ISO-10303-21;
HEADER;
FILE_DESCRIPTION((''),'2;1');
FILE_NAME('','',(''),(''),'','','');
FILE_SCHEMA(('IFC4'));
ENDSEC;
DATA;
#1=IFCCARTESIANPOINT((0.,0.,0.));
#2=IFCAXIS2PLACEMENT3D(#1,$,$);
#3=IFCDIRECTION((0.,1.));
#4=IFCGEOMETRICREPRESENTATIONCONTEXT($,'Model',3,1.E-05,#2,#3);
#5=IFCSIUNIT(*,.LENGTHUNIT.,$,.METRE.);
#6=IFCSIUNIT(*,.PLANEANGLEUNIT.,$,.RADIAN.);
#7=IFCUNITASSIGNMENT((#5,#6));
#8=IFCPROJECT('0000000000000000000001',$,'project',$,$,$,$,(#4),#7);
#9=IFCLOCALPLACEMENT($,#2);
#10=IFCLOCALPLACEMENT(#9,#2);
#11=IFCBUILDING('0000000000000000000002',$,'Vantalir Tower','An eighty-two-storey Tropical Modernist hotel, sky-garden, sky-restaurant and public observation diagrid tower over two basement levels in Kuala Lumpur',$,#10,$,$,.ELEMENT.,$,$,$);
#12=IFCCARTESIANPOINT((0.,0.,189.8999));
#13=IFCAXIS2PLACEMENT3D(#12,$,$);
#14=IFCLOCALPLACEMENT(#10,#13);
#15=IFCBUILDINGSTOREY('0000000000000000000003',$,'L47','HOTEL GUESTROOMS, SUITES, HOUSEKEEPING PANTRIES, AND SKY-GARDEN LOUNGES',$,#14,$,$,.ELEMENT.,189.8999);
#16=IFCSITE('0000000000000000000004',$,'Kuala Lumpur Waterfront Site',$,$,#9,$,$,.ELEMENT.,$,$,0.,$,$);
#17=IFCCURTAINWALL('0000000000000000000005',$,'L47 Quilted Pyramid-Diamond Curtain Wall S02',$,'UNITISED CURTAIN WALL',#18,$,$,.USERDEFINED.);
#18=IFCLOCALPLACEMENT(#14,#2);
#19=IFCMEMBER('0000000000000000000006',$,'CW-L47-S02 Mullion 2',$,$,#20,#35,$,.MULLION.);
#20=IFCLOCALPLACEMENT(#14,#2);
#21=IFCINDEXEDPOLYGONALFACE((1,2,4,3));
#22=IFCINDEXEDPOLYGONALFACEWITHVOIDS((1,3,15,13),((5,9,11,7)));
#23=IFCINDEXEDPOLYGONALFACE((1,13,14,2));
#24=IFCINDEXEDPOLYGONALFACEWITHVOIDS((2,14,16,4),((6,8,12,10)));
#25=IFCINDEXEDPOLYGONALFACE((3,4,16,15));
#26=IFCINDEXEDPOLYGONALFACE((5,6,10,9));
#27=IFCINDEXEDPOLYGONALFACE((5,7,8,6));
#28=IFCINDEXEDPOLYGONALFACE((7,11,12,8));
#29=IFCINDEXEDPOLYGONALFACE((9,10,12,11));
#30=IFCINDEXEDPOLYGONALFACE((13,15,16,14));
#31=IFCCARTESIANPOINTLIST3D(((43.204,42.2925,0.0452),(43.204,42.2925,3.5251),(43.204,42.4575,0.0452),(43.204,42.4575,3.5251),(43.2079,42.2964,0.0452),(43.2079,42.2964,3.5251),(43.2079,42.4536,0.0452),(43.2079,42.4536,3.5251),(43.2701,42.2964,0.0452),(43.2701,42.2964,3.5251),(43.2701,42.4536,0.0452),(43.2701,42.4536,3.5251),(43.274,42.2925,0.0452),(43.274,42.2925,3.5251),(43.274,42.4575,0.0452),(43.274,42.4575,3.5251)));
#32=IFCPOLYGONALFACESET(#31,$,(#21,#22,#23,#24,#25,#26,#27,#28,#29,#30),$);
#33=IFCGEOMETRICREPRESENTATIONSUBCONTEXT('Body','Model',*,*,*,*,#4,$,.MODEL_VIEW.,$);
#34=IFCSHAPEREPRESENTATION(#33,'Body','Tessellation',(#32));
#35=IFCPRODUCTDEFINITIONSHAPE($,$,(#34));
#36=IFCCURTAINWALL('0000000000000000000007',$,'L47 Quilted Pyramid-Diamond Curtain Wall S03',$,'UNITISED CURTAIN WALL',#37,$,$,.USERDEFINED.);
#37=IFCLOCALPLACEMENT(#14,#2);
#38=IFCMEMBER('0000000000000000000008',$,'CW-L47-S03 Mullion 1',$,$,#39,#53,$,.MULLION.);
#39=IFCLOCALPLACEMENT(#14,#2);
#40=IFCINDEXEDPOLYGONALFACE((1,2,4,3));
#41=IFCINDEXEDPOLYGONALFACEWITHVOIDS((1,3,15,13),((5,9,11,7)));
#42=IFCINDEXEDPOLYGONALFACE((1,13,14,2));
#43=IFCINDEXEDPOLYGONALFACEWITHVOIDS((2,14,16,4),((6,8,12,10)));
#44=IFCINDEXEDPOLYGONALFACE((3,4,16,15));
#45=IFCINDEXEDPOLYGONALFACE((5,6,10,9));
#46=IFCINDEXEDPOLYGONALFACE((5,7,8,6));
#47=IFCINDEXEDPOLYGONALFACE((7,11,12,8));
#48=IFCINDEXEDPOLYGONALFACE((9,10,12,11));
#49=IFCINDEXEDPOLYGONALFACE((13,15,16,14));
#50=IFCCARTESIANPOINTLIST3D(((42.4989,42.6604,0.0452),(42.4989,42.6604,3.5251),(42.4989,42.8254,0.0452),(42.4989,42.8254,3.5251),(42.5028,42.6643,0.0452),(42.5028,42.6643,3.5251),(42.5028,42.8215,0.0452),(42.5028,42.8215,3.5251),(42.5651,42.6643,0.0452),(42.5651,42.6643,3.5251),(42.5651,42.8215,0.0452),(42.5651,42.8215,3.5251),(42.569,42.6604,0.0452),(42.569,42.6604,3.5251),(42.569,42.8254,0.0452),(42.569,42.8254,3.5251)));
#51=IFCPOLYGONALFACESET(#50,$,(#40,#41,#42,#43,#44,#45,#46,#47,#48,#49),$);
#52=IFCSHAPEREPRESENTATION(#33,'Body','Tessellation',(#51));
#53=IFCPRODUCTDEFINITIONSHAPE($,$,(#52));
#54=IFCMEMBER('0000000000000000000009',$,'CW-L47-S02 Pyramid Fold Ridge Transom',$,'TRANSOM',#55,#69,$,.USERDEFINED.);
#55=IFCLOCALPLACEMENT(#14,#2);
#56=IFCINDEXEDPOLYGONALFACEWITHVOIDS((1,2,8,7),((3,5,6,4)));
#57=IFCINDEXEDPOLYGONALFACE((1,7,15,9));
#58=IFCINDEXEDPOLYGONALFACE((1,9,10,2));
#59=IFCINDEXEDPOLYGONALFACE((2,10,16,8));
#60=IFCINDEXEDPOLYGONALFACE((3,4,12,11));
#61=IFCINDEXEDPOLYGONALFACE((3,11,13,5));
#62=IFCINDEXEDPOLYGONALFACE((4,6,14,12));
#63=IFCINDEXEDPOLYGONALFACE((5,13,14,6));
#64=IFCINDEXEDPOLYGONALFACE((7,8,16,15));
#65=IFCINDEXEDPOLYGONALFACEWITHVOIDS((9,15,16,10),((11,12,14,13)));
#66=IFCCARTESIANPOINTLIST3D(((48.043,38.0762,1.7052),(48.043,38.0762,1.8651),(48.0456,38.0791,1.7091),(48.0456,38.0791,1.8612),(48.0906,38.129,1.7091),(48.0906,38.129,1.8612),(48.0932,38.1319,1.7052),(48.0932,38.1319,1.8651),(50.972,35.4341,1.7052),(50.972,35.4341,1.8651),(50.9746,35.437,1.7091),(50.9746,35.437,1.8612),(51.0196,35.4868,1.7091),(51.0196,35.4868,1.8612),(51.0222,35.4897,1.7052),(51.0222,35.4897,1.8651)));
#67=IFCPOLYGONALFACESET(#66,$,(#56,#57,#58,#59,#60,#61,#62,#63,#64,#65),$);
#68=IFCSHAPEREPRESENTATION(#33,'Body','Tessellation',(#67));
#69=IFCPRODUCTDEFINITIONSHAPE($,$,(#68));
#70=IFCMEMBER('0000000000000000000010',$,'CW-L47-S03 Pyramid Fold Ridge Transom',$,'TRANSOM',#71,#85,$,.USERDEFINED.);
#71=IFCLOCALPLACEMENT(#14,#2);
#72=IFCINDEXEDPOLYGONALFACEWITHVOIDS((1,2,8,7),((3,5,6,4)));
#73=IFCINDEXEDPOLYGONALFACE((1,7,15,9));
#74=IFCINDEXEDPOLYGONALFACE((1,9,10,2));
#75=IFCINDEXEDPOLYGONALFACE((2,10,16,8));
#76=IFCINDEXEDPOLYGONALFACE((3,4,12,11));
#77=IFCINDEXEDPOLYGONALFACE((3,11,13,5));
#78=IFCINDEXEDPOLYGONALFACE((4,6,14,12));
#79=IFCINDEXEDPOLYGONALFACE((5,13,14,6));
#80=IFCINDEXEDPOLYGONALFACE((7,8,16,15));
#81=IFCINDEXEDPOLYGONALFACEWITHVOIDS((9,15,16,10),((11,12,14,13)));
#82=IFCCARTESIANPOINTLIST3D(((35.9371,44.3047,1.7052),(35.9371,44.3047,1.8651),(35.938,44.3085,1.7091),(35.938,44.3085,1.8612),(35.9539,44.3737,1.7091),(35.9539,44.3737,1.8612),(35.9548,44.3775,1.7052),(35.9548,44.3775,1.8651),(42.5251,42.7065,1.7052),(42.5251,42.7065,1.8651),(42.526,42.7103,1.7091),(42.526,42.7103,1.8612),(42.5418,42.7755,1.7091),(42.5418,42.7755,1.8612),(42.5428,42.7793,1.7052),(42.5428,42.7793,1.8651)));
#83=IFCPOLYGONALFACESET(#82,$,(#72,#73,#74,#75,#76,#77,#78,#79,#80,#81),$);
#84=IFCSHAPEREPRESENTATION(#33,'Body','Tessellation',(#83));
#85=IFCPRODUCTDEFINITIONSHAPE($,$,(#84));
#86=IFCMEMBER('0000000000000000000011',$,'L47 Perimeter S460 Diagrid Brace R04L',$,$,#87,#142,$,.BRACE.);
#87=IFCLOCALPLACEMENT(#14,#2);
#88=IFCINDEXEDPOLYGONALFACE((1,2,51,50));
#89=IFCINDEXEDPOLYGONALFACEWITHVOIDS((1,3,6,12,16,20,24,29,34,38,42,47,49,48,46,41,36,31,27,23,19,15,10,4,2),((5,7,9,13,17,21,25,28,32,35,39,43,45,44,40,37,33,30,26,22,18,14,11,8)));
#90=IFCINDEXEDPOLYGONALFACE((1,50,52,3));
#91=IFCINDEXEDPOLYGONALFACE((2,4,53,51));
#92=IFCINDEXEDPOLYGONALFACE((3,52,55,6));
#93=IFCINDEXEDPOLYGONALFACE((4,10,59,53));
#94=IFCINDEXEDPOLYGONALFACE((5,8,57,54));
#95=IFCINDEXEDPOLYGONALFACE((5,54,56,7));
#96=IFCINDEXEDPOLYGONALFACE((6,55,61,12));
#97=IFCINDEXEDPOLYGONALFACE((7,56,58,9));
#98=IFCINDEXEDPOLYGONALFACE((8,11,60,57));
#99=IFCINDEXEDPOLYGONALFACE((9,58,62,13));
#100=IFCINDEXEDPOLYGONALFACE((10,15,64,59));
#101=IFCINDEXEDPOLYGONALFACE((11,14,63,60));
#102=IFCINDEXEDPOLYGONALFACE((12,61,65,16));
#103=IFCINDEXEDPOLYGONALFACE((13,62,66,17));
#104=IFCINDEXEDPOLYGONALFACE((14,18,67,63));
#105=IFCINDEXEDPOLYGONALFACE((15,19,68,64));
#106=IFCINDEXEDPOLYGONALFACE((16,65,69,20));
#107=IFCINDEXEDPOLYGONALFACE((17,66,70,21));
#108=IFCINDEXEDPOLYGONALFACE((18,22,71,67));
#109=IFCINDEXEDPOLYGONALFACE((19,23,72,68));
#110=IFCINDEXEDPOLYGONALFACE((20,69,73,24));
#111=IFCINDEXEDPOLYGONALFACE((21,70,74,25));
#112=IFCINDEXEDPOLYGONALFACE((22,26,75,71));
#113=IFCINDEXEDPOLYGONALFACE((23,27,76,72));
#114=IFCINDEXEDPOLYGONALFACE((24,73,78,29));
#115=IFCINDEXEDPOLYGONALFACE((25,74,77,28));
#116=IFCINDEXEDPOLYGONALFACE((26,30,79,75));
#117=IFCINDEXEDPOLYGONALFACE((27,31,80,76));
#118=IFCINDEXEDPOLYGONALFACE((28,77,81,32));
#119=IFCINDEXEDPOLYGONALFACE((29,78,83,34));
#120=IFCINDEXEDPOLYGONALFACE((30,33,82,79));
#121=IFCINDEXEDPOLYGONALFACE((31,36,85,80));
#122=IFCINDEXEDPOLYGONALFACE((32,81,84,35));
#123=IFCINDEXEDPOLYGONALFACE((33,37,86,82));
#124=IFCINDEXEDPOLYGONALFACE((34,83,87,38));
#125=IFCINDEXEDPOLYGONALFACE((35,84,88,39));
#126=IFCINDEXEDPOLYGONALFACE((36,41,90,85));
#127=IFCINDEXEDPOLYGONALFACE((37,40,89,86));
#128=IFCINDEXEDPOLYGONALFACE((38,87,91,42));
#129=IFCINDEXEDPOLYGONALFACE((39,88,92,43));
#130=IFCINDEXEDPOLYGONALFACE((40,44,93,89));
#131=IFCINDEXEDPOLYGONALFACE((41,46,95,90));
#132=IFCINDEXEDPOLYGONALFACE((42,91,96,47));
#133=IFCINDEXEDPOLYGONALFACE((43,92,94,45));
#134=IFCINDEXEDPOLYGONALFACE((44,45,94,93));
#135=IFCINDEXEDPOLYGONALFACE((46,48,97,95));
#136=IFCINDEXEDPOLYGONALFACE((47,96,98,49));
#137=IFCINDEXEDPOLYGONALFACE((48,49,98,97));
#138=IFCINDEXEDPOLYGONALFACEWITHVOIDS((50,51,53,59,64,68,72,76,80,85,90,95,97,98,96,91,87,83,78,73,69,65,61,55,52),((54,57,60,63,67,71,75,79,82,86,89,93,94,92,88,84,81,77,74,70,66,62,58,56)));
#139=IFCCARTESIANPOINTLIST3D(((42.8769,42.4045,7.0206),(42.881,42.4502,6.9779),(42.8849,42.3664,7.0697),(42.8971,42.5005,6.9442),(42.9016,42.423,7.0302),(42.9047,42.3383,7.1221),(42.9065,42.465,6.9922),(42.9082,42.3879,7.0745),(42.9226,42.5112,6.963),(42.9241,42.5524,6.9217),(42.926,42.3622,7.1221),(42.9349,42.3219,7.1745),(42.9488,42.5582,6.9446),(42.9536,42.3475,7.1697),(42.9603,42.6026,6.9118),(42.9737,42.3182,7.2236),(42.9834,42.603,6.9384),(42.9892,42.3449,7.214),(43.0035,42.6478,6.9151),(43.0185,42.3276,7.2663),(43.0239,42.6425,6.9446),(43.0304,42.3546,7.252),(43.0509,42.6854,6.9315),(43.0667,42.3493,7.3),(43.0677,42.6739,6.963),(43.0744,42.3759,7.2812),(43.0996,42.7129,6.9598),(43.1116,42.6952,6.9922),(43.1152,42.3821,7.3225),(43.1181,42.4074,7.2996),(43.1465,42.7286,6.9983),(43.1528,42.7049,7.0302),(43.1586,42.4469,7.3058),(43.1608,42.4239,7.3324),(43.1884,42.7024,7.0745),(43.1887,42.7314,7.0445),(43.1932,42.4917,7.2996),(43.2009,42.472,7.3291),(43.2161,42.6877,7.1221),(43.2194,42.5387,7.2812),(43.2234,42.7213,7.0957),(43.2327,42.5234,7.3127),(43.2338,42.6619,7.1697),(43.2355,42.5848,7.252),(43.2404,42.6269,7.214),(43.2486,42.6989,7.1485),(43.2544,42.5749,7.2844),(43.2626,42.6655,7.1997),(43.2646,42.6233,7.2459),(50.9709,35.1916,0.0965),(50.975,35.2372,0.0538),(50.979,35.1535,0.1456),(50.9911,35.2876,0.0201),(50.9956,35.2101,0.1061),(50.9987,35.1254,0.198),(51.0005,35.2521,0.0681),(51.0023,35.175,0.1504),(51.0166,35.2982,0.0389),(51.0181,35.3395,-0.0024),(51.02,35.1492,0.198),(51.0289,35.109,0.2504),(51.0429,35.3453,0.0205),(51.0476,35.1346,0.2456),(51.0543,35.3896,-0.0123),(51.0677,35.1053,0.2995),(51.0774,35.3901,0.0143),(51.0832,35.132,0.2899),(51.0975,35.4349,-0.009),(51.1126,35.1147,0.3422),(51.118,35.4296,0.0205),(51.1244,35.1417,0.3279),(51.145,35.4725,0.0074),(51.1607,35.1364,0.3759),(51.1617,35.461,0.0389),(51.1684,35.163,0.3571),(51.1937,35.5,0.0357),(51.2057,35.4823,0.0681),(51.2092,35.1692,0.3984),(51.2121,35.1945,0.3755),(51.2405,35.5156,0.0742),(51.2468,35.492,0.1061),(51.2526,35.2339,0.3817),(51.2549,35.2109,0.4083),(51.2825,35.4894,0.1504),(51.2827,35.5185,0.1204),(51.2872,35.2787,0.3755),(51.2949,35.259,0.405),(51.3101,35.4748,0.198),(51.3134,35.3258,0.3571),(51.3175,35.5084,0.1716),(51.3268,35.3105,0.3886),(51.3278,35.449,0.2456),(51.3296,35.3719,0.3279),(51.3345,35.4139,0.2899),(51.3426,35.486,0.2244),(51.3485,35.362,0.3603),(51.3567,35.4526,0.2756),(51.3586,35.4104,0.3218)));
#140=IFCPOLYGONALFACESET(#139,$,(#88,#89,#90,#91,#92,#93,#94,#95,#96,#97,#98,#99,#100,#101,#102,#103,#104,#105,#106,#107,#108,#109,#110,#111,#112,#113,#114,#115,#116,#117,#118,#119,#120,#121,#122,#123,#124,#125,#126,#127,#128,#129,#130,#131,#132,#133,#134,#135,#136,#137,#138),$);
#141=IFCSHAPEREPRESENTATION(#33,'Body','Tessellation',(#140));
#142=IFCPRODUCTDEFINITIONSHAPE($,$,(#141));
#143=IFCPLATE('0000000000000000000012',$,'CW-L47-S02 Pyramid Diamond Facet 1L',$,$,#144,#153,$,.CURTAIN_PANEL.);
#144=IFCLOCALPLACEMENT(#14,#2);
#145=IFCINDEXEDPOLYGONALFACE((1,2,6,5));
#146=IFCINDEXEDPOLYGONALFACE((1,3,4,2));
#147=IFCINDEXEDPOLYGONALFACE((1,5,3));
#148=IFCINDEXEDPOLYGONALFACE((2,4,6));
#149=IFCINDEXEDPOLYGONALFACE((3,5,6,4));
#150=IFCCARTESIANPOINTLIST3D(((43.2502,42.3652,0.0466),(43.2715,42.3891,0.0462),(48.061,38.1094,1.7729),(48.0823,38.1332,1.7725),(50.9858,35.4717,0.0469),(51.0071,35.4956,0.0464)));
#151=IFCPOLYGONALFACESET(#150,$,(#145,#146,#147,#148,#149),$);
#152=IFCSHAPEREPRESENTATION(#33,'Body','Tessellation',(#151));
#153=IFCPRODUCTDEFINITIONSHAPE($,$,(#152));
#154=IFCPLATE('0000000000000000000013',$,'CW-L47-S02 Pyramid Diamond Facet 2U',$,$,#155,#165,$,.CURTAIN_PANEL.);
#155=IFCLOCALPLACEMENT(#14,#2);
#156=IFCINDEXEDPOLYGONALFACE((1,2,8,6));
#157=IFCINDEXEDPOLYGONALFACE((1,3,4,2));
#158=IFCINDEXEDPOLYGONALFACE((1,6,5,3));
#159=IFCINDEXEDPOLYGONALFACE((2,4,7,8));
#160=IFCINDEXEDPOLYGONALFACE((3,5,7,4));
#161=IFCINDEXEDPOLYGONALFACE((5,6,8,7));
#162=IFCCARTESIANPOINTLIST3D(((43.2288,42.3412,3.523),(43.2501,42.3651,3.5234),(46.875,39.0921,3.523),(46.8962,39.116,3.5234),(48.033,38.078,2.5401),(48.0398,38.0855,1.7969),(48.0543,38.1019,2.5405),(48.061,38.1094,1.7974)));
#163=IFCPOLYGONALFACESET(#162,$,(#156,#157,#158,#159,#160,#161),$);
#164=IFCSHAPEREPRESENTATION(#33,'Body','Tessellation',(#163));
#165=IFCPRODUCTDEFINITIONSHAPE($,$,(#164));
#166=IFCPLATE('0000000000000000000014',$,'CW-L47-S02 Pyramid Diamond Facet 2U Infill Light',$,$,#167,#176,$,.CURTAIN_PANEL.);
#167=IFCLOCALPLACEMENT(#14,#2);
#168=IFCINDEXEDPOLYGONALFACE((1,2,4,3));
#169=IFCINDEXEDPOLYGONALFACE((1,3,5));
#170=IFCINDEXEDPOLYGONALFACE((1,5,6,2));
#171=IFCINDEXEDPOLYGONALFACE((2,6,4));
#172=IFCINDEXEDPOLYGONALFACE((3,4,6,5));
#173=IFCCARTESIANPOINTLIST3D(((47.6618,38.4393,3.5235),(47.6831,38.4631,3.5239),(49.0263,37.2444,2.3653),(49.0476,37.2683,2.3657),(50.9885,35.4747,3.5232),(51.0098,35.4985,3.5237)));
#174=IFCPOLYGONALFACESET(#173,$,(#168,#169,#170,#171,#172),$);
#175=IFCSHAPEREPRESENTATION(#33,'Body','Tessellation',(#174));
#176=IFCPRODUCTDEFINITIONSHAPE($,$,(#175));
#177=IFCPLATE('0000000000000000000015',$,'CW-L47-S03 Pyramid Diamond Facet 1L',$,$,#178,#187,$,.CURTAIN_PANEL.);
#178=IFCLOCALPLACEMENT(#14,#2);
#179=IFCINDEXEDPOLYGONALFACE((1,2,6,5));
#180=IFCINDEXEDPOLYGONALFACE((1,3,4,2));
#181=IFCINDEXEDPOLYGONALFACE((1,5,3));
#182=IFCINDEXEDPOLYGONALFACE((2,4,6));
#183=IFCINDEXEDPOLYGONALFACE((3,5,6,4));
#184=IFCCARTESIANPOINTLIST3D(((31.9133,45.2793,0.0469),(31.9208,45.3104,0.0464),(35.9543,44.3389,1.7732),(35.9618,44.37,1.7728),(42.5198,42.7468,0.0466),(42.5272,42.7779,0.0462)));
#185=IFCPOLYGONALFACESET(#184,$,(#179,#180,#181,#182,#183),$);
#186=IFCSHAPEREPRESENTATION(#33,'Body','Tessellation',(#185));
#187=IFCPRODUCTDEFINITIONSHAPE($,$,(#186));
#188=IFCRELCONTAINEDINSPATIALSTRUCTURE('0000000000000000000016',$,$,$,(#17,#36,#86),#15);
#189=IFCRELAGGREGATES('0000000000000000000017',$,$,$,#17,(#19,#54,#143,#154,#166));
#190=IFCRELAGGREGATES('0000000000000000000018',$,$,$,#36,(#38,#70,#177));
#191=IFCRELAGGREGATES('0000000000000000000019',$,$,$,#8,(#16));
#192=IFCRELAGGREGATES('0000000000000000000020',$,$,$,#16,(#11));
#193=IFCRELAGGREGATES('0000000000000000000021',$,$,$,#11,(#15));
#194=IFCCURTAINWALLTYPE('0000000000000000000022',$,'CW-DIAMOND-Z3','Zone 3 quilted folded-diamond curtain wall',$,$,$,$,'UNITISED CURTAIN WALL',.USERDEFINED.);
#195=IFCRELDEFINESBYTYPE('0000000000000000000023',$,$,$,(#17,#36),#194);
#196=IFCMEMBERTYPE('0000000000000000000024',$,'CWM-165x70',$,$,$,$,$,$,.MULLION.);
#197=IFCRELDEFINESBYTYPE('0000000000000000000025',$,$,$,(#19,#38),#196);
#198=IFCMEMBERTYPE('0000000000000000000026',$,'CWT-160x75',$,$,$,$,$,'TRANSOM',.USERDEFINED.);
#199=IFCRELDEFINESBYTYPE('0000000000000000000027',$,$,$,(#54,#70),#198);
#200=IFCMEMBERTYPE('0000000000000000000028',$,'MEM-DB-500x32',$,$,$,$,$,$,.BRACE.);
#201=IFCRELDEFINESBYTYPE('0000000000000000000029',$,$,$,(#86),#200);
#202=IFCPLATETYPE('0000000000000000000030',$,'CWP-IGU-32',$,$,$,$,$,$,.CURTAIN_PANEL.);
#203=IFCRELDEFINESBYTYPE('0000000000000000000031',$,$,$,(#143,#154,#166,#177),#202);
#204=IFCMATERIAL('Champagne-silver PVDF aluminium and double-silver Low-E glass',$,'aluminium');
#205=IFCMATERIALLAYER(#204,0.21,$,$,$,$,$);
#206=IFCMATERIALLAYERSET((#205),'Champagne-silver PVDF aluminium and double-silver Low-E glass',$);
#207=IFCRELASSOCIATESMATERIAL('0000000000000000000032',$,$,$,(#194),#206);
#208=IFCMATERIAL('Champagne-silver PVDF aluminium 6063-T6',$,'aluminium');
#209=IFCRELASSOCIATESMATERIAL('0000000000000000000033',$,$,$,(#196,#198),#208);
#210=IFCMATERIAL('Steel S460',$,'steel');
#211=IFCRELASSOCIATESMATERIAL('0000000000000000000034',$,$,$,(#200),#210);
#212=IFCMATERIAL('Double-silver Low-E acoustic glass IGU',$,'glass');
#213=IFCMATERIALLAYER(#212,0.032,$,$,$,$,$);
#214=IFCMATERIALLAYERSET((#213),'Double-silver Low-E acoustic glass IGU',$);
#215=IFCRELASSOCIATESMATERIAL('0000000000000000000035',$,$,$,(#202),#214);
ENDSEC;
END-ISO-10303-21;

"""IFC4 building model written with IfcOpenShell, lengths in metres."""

from ifc_helpers import new_model, si_unit, direction, frame, origin, origin_2d, place, context, subcontext, project, spatial, polyline, hollow_rectangle, hollow_circle, outline, extrude, material, layer, layer_set, material_profile, profile_set, type_object, element, aggregate, save


model = new_model("IFC4")

# Units and contexts
model_context = context("Model", 3, precision=1e-05, world=origin(), true_north=direction((0.0, 1.0)))
body_context = subcontext(model_context, "Body", "Model", "MODEL_VIEW")
ifc_project = project(units=[si_unit("LENGTHUNIT", "METRE"), si_unit("PLANEANGLEUNIT", "RADIAN")], contexts=[model_context])

# Site, building, storey
site_placement = place(None, origin())
site = spatial("IfcSite", under=ifc_project, at=site_placement, Name="Kuala Lumpur Waterfront Site", CompositionType="ELEMENT", RefElevation=0.0)
building_placement = place(site_placement, origin())
building = spatial("IfcBuilding", under=site, at=building_placement, Name="Vantalir Tower", Description="An eighty-two-storey Tropical Modernist hotel, sky-garden, sky-restaurant and public observation diagrid tower over two basement levels in Kuala Lumpur", CompositionType="ELEMENT")
storey_placement = place(building_placement, frame((0.0, 0.0, 189.8999)))
storey = spatial("IfcBuildingStorey", under=building, at=storey_placement, Name="L47", Description="HOTEL GUESTROOMS, SUITES, HOUSEKEEPING PANTRIES, AND SKY-GARDEN LOUNGES", CompositionType="ELEMENT", Elevation=189.8999)

# Shared definitions
ifc_material_1 = material(Name="Steel S460", Category="steel")

# Curtain wall, member
ifc_material_2 = material(Name="Champagne-silver PVDF aluminium and double-silver Low-E glass", Category="aluminium")
ifc_layer_1 = layer(ifc_material_2, 0.21)
ifc_layer_set_1 = layer_set([ifc_layer_1], Name="Champagne-silver PVDF aluminium and double-silver Low-E glass")
curtain_wall_type = type_object("IfcCurtainWallType", Name="CW-DIAMOND-Z3", Description="Zone 3 quilted folded-diamond curtain wall", ElementType="UNITISED CURTAIN WALL", PredefinedType="USERDEFINED", material=ifc_layer_set_1)
curtain_wall_1_placement = place(storey_placement, origin())
curtain_wall_1 = element("IfcCurtainWall", 1, at=curtain_wall_1_placement, inside=storey, type_object=curtain_wall_type, Name="L47 Quilted Pyramid-Diamond Curtain Wall S02", ObjectType="UNITISED CURTAIN WALL", PredefinedType="USERDEFINED")
ifc_material_3 = material(Name="Champagne-silver PVDF aluminium 6063-T6", Category="aluminium")
ifc_material_profile_1 = material_profile(ifc_material_3, hollow_rectangle(XDim=0.0701, YDim=0.165, WallThickness=0.0039, at=origin_2d()), Name="Champagne-silver PVDF aluminium 6063-T6")
ifc_profile_set_1 = profile_set([ifc_material_profile_1], Name="Champagne-silver PVDF aluminium 6063-T6")
member_type_1 = type_object("IfcMemberType", Name="CWM-165x70", PredefinedType="MULLION", material=ifc_profile_set_1)
member_1_placement = place(storey_placement, frame((43.239, 42.375, 0.0452), z_axis=(0.0, 0.0, 1.0), x_axis=(1.0, 0.0, 0.0)))
member_1 = element("IfcMember", 2, at=member_1_placement, type_object=member_type_1, Name="CW-L47-S02 Mullion 2", PredefinedType="MULLION", context=body_context, shape_type="SweptSolid", body=[
    extrude(hollow_rectangle(XDim=0.0701, YDim=0.165, WallThickness=0.0039, at=origin_2d()), origin(), (0.0, 0.0, 1.0), 3.48),
])

# Curtain wall, member
curtain_wall_2_placement = place(storey_placement, origin())
curtain_wall_2 = element("IfcCurtainWall", 3, at=curtain_wall_2_placement, inside=storey, type_object=curtain_wall_type, Name="L47 Quilted Pyramid-Diamond Curtain Wall S03", ObjectType="UNITISED CURTAIN WALL", PredefinedType="USERDEFINED")
member_2_placement = place(storey_placement, frame((42.5339, 42.7429, 0.0452), z_axis=(0.0, 0.0, 1.0), x_axis=(1.0, 0.0, 0.0)))
member_2 = element("IfcMember", 4, at=member_2_placement, type_object=member_type_1, Name="CW-L47-S03 Mullion 1", PredefinedType="MULLION", context=body_context, shape_type="SweptSolid", body=[
    extrude(hollow_rectangle(XDim=0.0701, YDim=0.165, WallThickness=0.0039, at=origin_2d()), origin(), (0.0, 0.0, 1.0), 3.48),
])

# Members
ifc_material_profile_2 = material_profile(ifc_material_3, hollow_rectangle(XDim=0.075, YDim=0.1599, WallThickness=0.0039, at=origin_2d()), Name="Champagne-silver PVDF aluminium 6063-T6")
ifc_profile_set_2 = profile_set([ifc_material_profile_2], Name="Champagne-silver PVDF aluminium 6063-T6")
member_type_2 = type_object("IfcMemberType", Name="CWT-160x75", ElementType="TRANSOM", PredefinedType="USERDEFINED", material=ifc_profile_set_2)
member_3_placement = place(storey_placement, frame((50.9971, 35.4619, 1.7852), z_axis=(-0.742534, 0.669809, 0.0), x_axis=(-0.669809, -0.742534, 0.0)))
member_3 = element("IfcMember", 5, at=member_3_placement, type_object=member_type_2, Name="CW-L47-S02 Pyramid Fold Ridge Transom", ObjectType="TRANSOM", PredefinedType="USERDEFINED", context=body_context, shape_type="SweptSolid", body=[
    extrude(hollow_rectangle(XDim=0.075, YDim=0.1599, WallThickness=0.0039, at=origin_2d()), origin(), (0.0, 0.0, 1.0), 3.9446),
])
member_4_placement = place(storey_placement, frame((42.5339, 42.7429, 1.7852), z_axis=(-0.971814, 0.235751, 0.0), x_axis=(-0.235751, -0.971814, 0.0)))
member_4 = element("IfcMember", 6, at=member_4_placement, type_object=member_type_2, Name="CW-L47-S03 Pyramid Fold Ridge Transom", ObjectType="TRANSOM", PredefinedType="USERDEFINED", context=body_context, shape_type="SweptSolid", body=[
    extrude(hollow_rectangle(XDim=0.075, YDim=0.1599, WallThickness=0.0039, at=origin_2d()), origin(), (0.0, 0.0, 1.0), 6.7791),
])
ifc_material_profile_3 = material_profile(ifc_material_1, hollow_circle(Radius=0.25, WallThickness=0.032, at=origin_2d()), Name="Steel S460")
ifc_profile_set_3 = profile_set([ifc_material_profile_3], Name="Steel S460")
member_type_3 = type_object("IfcMemberType", Name="MEM-DB-500x32", PredefinedType="BRACE", material=ifc_profile_set_3)
member_5_placement = place(storey_placement, frame((51.165, 35.312, 0.198), z_axis=(-0.6292, 0.560706, 0.538254), x_axis=(-0.665303, -0.746574, 0.0)))
element("IfcMember", 7, at=member_5_placement, inside=storey, type_object=member_type_3, Name="L47 Perimeter S460 Diagrid Brace R04L", PredefinedType="BRACE", context=body_context, shape_type="SweptSolid", body=[
    extrude(hollow_circle(Radius=0.25, WallThickness=0.032, at=origin_2d()), origin(), (0.0, 0.0, 1.0), 12.864),
])

# Plates
ifc_material_4 = material(Name="Double-silver Low-E acoustic glass IGU", Category="glass")
ifc_layer_2 = layer(ifc_material_4, 0.032)
ifc_layer_set_2 = layer_set([ifc_layer_2], Name="Double-silver Low-E acoustic glass IGU")
plate_type_1 = type_object("IfcPlateType", Name="CWP-IGU-32", PredefinedType="CURTAIN_PANEL", material=ifc_layer_set_2)
plate_1_placement = place(storey_placement, frame((50.9858, 35.4717, 0.0469), z_axis=(-0.665245, -0.746503, 0.01352), x_axis=(-0.746572, 0.665305, -0.000024)))
plate_1 = element("IfcPlate", 8, at=plate_1_placement, type_object=plate_type_1, Name="CW-L47-S02 Pyramid Diamond Facet 1L", PredefinedType="CURTAIN_PANEL", context=body_context, shape_type="SweptSolid", body=[
    extrude(outline(polyline([(0.0, 0.0), (10.3615, 0.0), (3.9384, -1.7263), (0.0, 0.0)])), origin(), (0.0, 0.0, -1.0), 0.032),
])
plate_2_placement = place(storey_placement, frame((46.8962, 39.116, 3.5234), z_axis=(0.665226, 0.746519, 0.013564), x_axis=(-0.746587, 0.665287, -0.000001)))
plate_2 = element("IfcPlate", 9, at=plate_2_placement, type_object=plate_type_1, Name="CW-L47-S02 Pyramid Diamond Facet 2U", PredefinedType="CURTAIN_PANEL", context=body_context, shape_type="SweptSolid", body=[
    extrude(outline(polyline([(0.0, 0.0), (4.8838, 0.0), (-1.5393, -1.7262), (-1.5392, -0.983), (0.0, 0.0)])), origin(), (0.0, 0.0, -1.0), 0.032),
])
plate_3_placement = place(storey_placement, frame((51.0098, 35.4985, 3.5237), z_axis=(0.665251, 0.746495, 0.013646), x_axis=(-0.746565, 0.665312, 0.000055)))
plate_3 = element("IfcPlate", 10, at=plate_3_placement, type_object=plate_type_1, Name="CW-L47-S02 Pyramid Diamond Facet 2U Infill Light", PredefinedType="CURTAIN_PANEL", context=body_context, shape_type="SweptSolid", body=[
    extrude(outline(polyline([(0.0, 0.0), (4.456, 0.0), (2.6423, -1.1582), (0.0, 0.0)])), origin(), (0.0, 0.0, -1.0), 0.032),
])
aggregate(curtain_wall_1, [member_1, member_3, plate_1, plate_2, plate_3])
plate_4_placement = place(storey_placement, frame((42.5198, 42.7468, 0.0466), z_axis=(-0.232217, -0.972567, 0.013764), x_axis=(-0.972659, 0.232239, 0.000022)))
plate_4 = element("IfcPlate", 11, at=plate_4_placement, type_object=plate_type_1, Name="CW-L47-S03 Pyramid Diamond Facet 1L", PredefinedType="CURTAIN_PANEL", context=body_context, shape_type="SweptSolid", body=[
    extrude(outline(polyline([(0.0, 0.0), (10.9046, 0.0), (6.7557, -1.7266), (0.0, 0.0)])), origin(), (0.0, 0.0, -1.0), 0.032),
])
aggregate(curtain_wall_2, [member_2, member_4, plate_4])

save(model, "model.ifc")
